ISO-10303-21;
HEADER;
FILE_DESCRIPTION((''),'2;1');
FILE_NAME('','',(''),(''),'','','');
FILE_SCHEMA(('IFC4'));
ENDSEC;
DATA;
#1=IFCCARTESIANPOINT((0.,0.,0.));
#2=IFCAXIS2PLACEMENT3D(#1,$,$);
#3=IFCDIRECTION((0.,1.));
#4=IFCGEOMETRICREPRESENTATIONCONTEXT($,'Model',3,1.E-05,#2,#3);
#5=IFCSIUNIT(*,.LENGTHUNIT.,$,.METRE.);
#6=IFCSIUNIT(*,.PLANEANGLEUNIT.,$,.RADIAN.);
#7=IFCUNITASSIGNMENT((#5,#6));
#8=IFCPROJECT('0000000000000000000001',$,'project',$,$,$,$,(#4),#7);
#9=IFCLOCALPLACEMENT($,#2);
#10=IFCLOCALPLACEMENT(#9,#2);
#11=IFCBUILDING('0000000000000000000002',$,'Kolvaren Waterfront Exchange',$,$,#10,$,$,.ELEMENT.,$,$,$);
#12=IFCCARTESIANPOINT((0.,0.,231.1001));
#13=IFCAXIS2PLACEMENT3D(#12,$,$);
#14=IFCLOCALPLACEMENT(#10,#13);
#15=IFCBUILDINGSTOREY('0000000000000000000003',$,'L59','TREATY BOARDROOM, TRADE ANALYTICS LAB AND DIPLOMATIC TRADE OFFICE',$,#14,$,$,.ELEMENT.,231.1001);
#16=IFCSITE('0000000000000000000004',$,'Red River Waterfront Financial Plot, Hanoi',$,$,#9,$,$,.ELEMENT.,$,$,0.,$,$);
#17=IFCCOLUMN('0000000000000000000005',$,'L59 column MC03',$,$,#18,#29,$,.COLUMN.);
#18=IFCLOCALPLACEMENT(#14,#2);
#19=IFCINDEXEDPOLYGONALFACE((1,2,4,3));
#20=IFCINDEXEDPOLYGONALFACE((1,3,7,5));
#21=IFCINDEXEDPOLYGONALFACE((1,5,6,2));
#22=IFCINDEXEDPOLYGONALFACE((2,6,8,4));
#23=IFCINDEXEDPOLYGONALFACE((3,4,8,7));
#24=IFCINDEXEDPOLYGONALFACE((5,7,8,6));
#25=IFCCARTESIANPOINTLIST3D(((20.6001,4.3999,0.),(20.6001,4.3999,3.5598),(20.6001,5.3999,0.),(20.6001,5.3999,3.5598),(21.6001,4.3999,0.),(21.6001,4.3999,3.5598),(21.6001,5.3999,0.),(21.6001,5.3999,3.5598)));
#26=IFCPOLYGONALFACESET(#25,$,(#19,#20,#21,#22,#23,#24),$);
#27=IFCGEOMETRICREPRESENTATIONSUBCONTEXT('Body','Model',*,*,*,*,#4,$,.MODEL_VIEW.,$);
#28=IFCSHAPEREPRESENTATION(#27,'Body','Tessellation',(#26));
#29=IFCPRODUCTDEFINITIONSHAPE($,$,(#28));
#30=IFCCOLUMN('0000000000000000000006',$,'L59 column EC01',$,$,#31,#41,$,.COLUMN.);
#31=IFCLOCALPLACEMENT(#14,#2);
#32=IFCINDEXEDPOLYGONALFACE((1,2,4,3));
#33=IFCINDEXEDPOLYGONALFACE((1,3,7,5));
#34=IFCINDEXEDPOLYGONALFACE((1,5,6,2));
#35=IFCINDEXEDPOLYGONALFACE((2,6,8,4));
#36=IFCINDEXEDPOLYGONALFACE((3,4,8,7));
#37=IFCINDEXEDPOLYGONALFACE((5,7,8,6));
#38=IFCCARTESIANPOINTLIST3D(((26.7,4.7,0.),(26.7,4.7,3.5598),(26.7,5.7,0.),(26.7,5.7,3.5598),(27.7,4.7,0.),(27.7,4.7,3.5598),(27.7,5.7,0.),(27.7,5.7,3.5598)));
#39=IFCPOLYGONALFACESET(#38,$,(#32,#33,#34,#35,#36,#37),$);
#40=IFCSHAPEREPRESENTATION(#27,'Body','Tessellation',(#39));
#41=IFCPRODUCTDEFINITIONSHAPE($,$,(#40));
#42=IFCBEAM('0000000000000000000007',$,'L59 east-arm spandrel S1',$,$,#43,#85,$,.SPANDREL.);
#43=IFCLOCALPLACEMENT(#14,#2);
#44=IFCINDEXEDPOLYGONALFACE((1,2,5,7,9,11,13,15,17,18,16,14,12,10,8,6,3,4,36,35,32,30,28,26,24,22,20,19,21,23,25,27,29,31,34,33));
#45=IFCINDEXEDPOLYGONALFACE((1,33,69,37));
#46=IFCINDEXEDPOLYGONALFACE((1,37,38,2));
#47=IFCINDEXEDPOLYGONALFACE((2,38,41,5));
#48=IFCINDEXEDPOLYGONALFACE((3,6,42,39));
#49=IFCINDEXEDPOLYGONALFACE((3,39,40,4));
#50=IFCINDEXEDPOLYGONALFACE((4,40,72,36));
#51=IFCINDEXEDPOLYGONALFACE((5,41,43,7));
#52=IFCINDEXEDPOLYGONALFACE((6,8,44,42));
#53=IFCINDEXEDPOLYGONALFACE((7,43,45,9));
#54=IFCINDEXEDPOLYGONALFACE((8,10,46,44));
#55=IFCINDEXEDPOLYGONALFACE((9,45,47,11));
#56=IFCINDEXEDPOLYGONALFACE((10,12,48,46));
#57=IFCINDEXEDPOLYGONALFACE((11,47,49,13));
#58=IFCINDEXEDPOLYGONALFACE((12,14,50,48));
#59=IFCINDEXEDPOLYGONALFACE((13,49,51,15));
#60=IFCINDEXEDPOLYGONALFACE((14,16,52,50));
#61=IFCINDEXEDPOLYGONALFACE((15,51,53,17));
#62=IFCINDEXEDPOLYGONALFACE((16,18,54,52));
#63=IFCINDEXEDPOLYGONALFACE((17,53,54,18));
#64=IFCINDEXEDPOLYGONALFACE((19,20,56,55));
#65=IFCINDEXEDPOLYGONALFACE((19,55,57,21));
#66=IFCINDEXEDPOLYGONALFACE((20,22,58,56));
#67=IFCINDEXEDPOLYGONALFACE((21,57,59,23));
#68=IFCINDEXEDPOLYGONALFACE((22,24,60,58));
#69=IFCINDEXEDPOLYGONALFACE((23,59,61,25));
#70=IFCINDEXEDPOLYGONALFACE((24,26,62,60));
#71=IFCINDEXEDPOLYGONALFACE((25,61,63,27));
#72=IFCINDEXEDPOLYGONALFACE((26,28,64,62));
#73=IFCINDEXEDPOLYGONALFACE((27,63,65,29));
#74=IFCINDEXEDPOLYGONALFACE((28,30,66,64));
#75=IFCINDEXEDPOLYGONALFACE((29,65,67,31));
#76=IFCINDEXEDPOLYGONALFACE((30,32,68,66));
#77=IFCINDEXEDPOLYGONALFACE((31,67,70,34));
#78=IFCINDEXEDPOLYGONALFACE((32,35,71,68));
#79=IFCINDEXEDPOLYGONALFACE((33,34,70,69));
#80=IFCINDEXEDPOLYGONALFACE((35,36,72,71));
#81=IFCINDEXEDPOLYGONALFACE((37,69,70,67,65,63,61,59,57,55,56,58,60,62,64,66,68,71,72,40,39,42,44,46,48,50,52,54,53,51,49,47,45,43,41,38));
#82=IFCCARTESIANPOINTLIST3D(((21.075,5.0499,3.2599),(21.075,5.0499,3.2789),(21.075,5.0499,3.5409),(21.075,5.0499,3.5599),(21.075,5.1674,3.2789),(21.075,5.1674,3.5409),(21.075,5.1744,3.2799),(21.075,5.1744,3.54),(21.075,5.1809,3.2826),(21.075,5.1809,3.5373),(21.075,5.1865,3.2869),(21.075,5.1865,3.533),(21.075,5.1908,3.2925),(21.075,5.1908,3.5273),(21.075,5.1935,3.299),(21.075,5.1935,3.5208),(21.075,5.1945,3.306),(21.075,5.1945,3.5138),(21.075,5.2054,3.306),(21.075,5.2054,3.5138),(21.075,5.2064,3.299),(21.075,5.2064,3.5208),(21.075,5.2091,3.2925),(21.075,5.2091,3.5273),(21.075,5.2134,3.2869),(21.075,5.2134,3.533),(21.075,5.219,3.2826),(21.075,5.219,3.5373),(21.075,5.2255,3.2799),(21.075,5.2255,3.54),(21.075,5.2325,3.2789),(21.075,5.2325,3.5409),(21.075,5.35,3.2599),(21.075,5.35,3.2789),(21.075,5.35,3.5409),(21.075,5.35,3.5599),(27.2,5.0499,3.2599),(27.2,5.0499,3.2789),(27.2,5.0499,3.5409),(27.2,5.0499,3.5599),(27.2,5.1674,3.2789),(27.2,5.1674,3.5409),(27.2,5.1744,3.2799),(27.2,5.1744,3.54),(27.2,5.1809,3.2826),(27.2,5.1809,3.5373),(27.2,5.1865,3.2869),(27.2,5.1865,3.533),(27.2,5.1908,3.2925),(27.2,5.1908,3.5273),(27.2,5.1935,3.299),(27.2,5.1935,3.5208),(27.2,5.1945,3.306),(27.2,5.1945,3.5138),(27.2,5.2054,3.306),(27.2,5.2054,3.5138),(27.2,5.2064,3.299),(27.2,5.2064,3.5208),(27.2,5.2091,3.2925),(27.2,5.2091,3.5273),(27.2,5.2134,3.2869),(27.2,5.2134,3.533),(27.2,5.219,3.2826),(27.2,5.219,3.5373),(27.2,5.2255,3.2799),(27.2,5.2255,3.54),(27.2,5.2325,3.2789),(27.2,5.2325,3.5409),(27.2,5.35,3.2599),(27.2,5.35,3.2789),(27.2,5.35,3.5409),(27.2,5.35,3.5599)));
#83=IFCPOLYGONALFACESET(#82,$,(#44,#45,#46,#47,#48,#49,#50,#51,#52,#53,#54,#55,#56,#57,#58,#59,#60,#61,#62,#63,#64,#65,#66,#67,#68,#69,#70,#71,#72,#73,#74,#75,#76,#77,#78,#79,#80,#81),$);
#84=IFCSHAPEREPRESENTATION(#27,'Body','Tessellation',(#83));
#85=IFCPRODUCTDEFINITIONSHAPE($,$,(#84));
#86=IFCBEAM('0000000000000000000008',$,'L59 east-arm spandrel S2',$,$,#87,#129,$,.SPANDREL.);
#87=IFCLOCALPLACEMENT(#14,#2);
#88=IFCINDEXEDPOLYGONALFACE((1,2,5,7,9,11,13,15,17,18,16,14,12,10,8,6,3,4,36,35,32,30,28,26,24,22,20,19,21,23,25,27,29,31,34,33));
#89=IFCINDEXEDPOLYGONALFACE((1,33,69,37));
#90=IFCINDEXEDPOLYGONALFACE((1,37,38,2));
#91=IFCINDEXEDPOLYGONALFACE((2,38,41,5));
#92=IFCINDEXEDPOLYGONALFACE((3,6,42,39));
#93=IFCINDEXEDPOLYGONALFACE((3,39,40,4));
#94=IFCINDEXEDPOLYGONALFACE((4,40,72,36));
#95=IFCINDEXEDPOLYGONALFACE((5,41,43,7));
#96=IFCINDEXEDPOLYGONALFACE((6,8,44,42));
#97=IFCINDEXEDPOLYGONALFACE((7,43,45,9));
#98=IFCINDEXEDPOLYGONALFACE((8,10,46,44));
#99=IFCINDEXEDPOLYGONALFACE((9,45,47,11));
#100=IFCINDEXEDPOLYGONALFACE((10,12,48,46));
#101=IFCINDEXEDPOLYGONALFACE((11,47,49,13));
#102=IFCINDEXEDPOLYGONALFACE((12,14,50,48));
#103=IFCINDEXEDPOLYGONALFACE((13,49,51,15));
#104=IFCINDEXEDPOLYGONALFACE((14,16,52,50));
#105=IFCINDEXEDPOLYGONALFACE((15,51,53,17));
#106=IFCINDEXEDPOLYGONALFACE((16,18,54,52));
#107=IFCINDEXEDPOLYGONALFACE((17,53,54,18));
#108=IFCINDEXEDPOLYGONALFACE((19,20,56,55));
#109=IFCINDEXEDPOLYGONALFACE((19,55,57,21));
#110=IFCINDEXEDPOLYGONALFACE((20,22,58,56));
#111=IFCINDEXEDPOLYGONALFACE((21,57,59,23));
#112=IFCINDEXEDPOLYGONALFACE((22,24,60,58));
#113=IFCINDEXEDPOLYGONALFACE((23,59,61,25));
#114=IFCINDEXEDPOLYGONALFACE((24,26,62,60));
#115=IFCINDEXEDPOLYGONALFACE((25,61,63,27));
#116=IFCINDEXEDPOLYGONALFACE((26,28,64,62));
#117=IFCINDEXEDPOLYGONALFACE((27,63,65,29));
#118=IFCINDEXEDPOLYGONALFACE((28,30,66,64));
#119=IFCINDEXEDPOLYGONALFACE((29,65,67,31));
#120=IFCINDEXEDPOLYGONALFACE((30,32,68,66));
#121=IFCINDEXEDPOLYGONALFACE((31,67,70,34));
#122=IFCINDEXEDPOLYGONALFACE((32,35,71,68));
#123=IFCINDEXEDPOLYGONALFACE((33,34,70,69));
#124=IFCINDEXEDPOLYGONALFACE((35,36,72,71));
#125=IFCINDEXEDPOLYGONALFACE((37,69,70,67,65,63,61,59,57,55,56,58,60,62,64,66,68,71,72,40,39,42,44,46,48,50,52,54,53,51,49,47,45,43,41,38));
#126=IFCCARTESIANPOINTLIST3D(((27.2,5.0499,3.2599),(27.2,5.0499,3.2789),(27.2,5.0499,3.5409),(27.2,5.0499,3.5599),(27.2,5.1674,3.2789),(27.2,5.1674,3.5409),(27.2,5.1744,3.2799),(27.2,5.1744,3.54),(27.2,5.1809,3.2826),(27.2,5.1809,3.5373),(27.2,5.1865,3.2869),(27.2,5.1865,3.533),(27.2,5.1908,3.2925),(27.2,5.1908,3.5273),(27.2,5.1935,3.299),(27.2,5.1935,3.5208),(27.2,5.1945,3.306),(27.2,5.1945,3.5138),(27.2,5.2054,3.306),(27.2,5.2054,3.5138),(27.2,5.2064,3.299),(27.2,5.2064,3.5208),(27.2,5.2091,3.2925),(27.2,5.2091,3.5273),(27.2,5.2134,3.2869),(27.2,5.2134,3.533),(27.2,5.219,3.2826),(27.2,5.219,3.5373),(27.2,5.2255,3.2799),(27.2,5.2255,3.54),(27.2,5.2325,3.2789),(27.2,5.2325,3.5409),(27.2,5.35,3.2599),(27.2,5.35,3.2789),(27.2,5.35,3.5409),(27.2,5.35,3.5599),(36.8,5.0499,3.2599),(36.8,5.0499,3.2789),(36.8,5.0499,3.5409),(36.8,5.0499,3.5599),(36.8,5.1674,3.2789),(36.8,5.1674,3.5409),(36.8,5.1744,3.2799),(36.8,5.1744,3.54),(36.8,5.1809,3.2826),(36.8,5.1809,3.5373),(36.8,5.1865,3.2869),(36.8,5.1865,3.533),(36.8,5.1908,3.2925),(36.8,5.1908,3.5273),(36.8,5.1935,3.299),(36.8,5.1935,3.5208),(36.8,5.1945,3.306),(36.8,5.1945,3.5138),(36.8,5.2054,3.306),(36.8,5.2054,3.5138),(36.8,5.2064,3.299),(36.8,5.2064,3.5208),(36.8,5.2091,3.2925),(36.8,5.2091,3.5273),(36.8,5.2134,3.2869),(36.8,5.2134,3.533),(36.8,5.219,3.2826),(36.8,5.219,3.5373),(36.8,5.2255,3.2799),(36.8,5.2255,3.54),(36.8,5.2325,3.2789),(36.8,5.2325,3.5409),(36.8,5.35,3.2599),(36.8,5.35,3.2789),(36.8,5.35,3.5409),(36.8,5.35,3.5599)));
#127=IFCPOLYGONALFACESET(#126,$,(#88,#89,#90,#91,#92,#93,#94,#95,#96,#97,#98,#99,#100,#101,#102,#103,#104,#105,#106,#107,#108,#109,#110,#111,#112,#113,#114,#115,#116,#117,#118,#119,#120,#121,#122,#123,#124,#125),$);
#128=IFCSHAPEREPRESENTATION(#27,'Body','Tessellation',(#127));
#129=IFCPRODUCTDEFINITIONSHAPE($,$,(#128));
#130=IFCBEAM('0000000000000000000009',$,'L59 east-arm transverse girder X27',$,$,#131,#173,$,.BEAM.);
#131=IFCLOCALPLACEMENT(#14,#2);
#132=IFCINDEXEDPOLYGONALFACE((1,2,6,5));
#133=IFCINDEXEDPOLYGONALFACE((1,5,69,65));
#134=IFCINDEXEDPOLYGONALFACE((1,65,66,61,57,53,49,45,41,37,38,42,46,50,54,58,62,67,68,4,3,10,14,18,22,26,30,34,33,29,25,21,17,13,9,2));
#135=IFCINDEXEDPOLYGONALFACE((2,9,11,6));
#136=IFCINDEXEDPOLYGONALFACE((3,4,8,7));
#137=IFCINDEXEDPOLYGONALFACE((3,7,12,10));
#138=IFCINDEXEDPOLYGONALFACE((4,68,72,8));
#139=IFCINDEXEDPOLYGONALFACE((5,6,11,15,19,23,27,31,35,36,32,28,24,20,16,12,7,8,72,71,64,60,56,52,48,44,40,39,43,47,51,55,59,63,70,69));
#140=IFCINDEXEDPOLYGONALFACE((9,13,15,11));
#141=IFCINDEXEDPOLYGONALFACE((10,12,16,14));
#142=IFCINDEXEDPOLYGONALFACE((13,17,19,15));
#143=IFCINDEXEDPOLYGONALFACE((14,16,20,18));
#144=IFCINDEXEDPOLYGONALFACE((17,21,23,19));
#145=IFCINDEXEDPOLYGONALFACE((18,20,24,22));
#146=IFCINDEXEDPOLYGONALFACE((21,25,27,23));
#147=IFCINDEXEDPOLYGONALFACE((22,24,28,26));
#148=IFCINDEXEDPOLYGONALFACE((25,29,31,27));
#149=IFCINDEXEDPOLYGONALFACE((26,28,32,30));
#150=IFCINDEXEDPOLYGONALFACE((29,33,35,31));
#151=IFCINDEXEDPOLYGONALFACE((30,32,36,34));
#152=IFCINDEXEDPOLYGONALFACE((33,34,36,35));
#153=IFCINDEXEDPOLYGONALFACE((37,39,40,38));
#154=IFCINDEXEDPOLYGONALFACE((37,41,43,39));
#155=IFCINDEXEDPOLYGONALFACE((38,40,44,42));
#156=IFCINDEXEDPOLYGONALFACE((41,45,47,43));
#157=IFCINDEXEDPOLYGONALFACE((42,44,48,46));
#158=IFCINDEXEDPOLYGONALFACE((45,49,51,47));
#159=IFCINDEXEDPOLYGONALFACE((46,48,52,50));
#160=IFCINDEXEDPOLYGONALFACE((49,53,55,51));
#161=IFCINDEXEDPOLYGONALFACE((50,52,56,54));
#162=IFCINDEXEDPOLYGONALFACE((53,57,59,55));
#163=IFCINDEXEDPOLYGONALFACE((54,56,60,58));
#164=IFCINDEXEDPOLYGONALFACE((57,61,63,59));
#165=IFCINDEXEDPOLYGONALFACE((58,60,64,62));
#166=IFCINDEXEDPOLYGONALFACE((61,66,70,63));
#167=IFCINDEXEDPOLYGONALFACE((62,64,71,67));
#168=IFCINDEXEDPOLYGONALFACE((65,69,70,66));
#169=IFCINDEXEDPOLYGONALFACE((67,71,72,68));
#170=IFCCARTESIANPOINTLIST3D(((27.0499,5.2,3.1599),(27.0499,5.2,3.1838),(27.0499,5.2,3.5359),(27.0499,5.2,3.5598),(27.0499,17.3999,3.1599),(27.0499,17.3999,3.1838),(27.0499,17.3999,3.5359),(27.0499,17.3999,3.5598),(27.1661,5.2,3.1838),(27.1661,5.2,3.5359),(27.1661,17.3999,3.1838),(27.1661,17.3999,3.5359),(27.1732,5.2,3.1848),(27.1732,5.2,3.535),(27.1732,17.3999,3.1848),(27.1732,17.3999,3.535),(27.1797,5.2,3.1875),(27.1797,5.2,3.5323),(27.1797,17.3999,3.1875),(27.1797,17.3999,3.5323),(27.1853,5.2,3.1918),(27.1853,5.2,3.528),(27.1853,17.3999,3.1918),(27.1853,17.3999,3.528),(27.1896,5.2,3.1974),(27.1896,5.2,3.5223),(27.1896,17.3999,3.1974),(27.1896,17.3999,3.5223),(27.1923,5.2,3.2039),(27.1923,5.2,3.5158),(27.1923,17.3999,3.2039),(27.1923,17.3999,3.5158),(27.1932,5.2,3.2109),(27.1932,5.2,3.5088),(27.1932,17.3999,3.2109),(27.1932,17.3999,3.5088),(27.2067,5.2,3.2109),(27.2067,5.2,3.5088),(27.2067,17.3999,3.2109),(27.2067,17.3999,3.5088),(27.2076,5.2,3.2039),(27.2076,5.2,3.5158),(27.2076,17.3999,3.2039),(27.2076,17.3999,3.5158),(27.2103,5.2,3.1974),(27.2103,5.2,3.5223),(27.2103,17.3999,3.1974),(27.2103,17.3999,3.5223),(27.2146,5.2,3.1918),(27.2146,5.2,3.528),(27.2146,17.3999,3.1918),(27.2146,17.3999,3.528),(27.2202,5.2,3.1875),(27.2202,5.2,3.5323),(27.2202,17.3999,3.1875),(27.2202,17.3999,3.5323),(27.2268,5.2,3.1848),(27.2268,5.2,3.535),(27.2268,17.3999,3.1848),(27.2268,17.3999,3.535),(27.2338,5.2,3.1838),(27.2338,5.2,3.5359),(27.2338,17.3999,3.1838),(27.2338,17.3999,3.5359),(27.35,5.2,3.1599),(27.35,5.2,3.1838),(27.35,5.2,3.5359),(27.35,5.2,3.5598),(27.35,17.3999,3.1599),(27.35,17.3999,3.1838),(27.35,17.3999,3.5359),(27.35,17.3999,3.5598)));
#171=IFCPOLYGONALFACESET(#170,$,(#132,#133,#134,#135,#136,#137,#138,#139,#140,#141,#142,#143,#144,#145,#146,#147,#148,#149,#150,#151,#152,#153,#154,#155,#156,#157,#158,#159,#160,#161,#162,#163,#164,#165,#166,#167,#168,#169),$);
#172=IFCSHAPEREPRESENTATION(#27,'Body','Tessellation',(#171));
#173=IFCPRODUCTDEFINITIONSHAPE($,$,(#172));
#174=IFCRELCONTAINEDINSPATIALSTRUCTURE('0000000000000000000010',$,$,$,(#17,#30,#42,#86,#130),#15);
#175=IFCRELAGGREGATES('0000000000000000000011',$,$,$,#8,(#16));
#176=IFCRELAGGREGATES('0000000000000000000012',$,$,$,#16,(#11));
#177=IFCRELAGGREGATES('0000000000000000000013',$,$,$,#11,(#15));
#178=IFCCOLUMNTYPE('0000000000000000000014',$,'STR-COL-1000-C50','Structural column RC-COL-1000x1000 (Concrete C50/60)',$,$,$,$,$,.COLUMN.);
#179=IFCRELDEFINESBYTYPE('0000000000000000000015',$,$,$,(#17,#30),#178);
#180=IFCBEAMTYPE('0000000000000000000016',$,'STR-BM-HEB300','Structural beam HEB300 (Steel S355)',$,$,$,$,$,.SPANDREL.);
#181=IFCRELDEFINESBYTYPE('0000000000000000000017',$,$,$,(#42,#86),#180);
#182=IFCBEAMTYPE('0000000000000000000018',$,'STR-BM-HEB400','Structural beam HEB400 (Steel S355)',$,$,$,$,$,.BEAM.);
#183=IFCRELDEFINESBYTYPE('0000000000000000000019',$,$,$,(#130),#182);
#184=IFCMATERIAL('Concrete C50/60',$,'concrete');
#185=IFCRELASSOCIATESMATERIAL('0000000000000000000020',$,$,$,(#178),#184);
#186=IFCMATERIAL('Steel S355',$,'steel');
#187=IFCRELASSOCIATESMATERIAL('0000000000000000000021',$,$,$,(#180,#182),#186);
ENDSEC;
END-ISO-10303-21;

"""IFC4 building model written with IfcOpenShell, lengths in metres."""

from ifc_helpers import new_model, si_unit, direction, frame, origin, origin_2d, place, context, subcontext, project, spatial, rectangle, i_section, extrude, material, material_profile, profile_set, type_object, element, save


model = new_model("IFC4")

# Units and contexts
model_context = context("Model", 3, precision=1e-05, world=origin(), true_north=direction((0.0, 1.0)))
body_context = subcontext(model_context, "Body", "Model", "MODEL_VIEW")
ifc_project = project(units=[si_unit("LENGTHUNIT", "METRE"), si_unit("PLANEANGLEUNIT", "RADIAN")], contexts=[model_context])

# Site, building, storey
site_placement = place(None, origin())
site = spatial("IfcSite", under=ifc_project, at=site_placement, Name="Red River Waterfront Financial Plot, Hanoi", CompositionType="ELEMENT", RefElevation=0.0)
building_placement = place(site_placement, origin())
building = spatial("IfcBuilding", under=site, at=building_placement, Name="Kolvaren Waterfront Exchange", CompositionType="ELEMENT")
storey_placement = place(building_placement, frame((0.0, 0.0, 231.1001)))
storey = spatial("IfcBuildingStorey", under=building, at=storey_placement, Name="L59", Description="TREATY BOARDROOM, TRADE ANALYTICS LAB AND DIPLOMATIC TRADE OFFICE", CompositionType="ELEMENT", Elevation=231.1001)

# Columns
ifc_material_1 = material(Name="Concrete C50/60", Category="concrete")
ifc_material_profile_1 = material_profile(ifc_material_1, rectangle(XDim=1.0, YDim=1.0, at=origin_2d()), Name="RC-COL-1000x1000")
ifc_profile_set_1 = profile_set([ifc_material_profile_1], Name="Concrete C50/60")
column_type = type_object("IfcColumnType", Name="STR-COL-1000-C50", Description="Structural column RC-COL-1000x1000 (Concrete C50/60)", PredefinedType="COLUMN", material=ifc_profile_set_1)
for number, where, z_axis, x_axis, name in (
    (1, (21.1001, 4.8999, 0.0), (0.0, 0.0, 1.0), (1.0, 0.0, 0.0), "L59 column MC03"),
    (2, (27.2, 5.2, 0.0), (0.0, 0.0, 1.0), (1.0, 0.0, 0.0), "L59 column EC01"),
):
    element("IfcColumn", number, at=place(storey_placement, frame(where, z_axis=z_axis, x_axis=x_axis)), inside=storey, type_object=column_type, Name=name, PredefinedType="COLUMN", context=body_context, shape_type="SweptSolid", body=[
        extrude(rectangle(XDim=1.0, YDim=1.0, at=origin_2d()), origin(), (0.0, 0.0, 1.0), 3.5598),
    ])

# Beams
ifc_material_2 = material(Name="Steel S355", Category="steel")
ifc_material_profile_2 = material_profile(ifc_material_2, i_section(OverallWidth=0.3, OverallDepth=0.3, WebThickness=0.011, FlangeThickness=0.019, FilletRadius=0.0271, at=origin_2d()), Name="HEB300")
ifc_profile_set_2 = profile_set([ifc_material_profile_2], Name="Steel S355")
beam_type_1 = type_object("IfcBeamType", Name="STR-BM-HEB300", Description="Structural beam HEB300 (Steel S355)", PredefinedType="SPANDREL", material=ifc_profile_set_2)
beam_1_placement = place(storey_placement, frame((21.075, 5.2, 3.4099), z_axis=(1.0, 0.0, 0.0), x_axis=(0.0, 1.0, 0.0)))
element("IfcBeam", 3, at=beam_1_placement, inside=storey, type_object=beam_type_1, Name="L59 east-arm spandrel S1", PredefinedType="SPANDREL", context=body_context, shape_type="SweptSolid", body=[
    extrude(i_section(OverallWidth=0.3, OverallDepth=0.3, WebThickness=0.011, FlangeThickness=0.019, FilletRadius=0.0271, at=origin_2d()), origin(), (0.0, 0.0, 1.0), 6.125),
])
beam_2_placement = place(storey_placement, frame((27.2, 5.2, 3.4099), z_axis=(1.0, 0.0, 0.0), x_axis=(0.0, 1.0, 0.0)))
element("IfcBeam", 4, at=beam_2_placement, inside=storey, type_object=beam_type_1, Name="L59 east-arm spandrel S2", PredefinedType="SPANDREL", context=body_context, shape_type="SweptSolid", body=[
    extrude(i_section(OverallWidth=0.3, OverallDepth=0.3, WebThickness=0.011, FlangeThickness=0.019, FilletRadius=0.0271, at=origin_2d()), origin(), (0.0, 0.0, 1.0), 9.6001),
])
ifc_material_profile_3 = material_profile(ifc_material_2, i_section(OverallWidth=0.3, OverallDepth=0.3999, WebThickness=0.0134, FlangeThickness=0.0239, FilletRadius=0.0271, at=origin_2d()), Name="HEB400")
ifc_profile_set_3 = profile_set([ifc_material_profile_3], Name="Steel S355")
beam_type_2 = type_object("IfcBeamType", Name="STR-BM-HEB400", Description="Structural beam HEB400 (Steel S355)", PredefinedType="BEAM", material=ifc_profile_set_3)
beam_3_placement = place(storey_placement, frame((27.2, 5.2, 3.3599), z_axis=(0.0, 1.0, 0.0), x_axis=(-1.0, 0.0, 0.0)))
element("IfcBeam", 5, at=beam_3_placement, inside=storey, type_object=beam_type_2, Name="L59 east-arm transverse girder X27", PredefinedType="BEAM", context=body_context, shape_type="SweptSolid", body=[
    extrude(i_section(OverallWidth=0.3, OverallDepth=0.3999, WebThickness=0.0134, FlangeThickness=0.0239, FilletRadius=0.0271, at=origin_2d()), origin(), (0.0, 0.0, 1.0), 12.2),
])

save(model, "model.ifc")
